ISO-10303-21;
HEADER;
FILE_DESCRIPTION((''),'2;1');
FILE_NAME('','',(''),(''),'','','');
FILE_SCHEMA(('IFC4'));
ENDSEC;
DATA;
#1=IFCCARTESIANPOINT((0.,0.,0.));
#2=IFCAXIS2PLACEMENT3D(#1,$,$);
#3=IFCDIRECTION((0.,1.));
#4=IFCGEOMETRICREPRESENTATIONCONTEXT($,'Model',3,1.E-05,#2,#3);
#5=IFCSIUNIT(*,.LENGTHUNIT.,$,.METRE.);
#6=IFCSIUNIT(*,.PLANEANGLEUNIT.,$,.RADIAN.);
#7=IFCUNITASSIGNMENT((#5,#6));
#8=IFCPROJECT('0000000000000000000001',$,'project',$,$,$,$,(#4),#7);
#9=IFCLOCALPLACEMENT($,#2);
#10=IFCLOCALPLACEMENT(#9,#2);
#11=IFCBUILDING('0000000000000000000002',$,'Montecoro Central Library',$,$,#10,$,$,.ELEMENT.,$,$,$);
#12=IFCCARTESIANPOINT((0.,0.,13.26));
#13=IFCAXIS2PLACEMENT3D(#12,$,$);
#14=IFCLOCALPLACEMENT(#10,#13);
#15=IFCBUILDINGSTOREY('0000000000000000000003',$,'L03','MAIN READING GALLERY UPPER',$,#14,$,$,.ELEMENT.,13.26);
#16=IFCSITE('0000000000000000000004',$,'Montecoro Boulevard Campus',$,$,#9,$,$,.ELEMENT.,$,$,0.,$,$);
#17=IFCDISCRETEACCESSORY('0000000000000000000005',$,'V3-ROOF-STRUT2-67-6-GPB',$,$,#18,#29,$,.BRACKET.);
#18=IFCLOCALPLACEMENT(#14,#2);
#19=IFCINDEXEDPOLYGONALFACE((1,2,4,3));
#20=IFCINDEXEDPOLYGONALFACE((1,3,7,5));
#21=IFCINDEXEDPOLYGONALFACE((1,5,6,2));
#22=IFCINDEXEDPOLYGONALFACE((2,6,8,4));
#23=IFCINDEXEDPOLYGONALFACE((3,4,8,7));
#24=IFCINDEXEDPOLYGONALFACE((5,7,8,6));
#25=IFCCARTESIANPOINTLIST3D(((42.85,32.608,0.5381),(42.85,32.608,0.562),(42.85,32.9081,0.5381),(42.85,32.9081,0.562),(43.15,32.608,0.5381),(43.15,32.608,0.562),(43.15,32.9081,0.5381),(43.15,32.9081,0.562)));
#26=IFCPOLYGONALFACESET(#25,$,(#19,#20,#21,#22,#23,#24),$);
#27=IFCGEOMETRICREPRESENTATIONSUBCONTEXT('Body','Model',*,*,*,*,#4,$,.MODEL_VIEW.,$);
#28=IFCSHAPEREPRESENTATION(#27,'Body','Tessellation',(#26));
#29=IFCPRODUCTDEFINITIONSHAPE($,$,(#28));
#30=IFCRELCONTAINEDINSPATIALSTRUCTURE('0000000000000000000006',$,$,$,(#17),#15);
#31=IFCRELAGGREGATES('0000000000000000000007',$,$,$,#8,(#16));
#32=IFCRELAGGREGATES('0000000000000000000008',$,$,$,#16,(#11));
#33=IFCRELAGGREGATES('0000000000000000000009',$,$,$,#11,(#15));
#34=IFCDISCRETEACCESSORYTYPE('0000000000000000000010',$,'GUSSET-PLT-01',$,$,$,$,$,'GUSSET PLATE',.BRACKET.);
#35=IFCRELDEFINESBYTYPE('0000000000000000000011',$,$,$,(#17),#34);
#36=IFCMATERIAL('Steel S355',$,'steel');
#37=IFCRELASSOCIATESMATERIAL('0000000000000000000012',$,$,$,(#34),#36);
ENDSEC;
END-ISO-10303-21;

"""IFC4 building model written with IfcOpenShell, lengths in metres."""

from ifc_helpers import new_model, si_unit, direction, frame, origin, origin_2d, place, context, subcontext, project, spatial, rectangle, extrude, material, type_object, element, save


model = new_model("IFC4")

# Units and contexts
model_context = context("Model", 3, precision=1e-05, world=origin(), true_north=direction((0.0, 1.0)))
body_context = subcontext(model_context, "Body", "Model", "MODEL_VIEW")
ifc_project = project(units=[si_unit("LENGTHUNIT", "METRE"), si_unit("PLANEANGLEUNIT", "RADIAN")], contexts=[model_context])

# Site, building, storey
site_placement = place(None, origin())
site = spatial("IfcSite", under=ifc_project, at=site_placement, Name="Montecoro Boulevard Campus", CompositionType="ELEMENT", RefElevation=0.0)
building_placement = place(site_placement, origin())
building = spatial("IfcBuilding", under=site, at=building_placement, Name="Montecoro Central Library", CompositionType="ELEMENT")
storey_placement = place(building_placement, frame((0.0, 0.0, 13.26)))
storey = spatial("IfcBuildingStorey", under=building, at=storey_placement, Name="L03", Description="MAIN READING GALLERY UPPER", CompositionType="ELEMENT", Elevation=13.26)

# Shared definitions
ifc_material_1 = material(Name="Steel S355", Category="steel")

# Discrete accessory
discrete_accessory_type = type_object("IfcDiscreteAccessoryType", Name="GUSSET-PLT-01", ElementType="GUSSET PLATE", PredefinedType="BRACKET", material=ifc_material_1)
for number, where, z_axis, x_axis, name in (
    (1, (43.0, 32.7581, 0.5381), (0.0, 0.0, 1.0), (1.0, 0.0, 0.0), "V3-ROOF-STRUT2-67-6-GPB"),
):
    element("IfcDiscreteAccessory", number, at=place(storey_placement, frame(where, z_axis=z_axis, x_axis=x_axis)), inside=storey, type_object=discrete_accessory_type, Name=name, PredefinedType="BRACKET", context=body_context, shape_type="SweptSolid", body=[
        extrude(rectangle(XDim=0.3, YDim=0.3, at=origin_2d()), origin(), (0.0, 0.0, 1.0), 0.0239),
    ])

save(model, "model.ifc")
